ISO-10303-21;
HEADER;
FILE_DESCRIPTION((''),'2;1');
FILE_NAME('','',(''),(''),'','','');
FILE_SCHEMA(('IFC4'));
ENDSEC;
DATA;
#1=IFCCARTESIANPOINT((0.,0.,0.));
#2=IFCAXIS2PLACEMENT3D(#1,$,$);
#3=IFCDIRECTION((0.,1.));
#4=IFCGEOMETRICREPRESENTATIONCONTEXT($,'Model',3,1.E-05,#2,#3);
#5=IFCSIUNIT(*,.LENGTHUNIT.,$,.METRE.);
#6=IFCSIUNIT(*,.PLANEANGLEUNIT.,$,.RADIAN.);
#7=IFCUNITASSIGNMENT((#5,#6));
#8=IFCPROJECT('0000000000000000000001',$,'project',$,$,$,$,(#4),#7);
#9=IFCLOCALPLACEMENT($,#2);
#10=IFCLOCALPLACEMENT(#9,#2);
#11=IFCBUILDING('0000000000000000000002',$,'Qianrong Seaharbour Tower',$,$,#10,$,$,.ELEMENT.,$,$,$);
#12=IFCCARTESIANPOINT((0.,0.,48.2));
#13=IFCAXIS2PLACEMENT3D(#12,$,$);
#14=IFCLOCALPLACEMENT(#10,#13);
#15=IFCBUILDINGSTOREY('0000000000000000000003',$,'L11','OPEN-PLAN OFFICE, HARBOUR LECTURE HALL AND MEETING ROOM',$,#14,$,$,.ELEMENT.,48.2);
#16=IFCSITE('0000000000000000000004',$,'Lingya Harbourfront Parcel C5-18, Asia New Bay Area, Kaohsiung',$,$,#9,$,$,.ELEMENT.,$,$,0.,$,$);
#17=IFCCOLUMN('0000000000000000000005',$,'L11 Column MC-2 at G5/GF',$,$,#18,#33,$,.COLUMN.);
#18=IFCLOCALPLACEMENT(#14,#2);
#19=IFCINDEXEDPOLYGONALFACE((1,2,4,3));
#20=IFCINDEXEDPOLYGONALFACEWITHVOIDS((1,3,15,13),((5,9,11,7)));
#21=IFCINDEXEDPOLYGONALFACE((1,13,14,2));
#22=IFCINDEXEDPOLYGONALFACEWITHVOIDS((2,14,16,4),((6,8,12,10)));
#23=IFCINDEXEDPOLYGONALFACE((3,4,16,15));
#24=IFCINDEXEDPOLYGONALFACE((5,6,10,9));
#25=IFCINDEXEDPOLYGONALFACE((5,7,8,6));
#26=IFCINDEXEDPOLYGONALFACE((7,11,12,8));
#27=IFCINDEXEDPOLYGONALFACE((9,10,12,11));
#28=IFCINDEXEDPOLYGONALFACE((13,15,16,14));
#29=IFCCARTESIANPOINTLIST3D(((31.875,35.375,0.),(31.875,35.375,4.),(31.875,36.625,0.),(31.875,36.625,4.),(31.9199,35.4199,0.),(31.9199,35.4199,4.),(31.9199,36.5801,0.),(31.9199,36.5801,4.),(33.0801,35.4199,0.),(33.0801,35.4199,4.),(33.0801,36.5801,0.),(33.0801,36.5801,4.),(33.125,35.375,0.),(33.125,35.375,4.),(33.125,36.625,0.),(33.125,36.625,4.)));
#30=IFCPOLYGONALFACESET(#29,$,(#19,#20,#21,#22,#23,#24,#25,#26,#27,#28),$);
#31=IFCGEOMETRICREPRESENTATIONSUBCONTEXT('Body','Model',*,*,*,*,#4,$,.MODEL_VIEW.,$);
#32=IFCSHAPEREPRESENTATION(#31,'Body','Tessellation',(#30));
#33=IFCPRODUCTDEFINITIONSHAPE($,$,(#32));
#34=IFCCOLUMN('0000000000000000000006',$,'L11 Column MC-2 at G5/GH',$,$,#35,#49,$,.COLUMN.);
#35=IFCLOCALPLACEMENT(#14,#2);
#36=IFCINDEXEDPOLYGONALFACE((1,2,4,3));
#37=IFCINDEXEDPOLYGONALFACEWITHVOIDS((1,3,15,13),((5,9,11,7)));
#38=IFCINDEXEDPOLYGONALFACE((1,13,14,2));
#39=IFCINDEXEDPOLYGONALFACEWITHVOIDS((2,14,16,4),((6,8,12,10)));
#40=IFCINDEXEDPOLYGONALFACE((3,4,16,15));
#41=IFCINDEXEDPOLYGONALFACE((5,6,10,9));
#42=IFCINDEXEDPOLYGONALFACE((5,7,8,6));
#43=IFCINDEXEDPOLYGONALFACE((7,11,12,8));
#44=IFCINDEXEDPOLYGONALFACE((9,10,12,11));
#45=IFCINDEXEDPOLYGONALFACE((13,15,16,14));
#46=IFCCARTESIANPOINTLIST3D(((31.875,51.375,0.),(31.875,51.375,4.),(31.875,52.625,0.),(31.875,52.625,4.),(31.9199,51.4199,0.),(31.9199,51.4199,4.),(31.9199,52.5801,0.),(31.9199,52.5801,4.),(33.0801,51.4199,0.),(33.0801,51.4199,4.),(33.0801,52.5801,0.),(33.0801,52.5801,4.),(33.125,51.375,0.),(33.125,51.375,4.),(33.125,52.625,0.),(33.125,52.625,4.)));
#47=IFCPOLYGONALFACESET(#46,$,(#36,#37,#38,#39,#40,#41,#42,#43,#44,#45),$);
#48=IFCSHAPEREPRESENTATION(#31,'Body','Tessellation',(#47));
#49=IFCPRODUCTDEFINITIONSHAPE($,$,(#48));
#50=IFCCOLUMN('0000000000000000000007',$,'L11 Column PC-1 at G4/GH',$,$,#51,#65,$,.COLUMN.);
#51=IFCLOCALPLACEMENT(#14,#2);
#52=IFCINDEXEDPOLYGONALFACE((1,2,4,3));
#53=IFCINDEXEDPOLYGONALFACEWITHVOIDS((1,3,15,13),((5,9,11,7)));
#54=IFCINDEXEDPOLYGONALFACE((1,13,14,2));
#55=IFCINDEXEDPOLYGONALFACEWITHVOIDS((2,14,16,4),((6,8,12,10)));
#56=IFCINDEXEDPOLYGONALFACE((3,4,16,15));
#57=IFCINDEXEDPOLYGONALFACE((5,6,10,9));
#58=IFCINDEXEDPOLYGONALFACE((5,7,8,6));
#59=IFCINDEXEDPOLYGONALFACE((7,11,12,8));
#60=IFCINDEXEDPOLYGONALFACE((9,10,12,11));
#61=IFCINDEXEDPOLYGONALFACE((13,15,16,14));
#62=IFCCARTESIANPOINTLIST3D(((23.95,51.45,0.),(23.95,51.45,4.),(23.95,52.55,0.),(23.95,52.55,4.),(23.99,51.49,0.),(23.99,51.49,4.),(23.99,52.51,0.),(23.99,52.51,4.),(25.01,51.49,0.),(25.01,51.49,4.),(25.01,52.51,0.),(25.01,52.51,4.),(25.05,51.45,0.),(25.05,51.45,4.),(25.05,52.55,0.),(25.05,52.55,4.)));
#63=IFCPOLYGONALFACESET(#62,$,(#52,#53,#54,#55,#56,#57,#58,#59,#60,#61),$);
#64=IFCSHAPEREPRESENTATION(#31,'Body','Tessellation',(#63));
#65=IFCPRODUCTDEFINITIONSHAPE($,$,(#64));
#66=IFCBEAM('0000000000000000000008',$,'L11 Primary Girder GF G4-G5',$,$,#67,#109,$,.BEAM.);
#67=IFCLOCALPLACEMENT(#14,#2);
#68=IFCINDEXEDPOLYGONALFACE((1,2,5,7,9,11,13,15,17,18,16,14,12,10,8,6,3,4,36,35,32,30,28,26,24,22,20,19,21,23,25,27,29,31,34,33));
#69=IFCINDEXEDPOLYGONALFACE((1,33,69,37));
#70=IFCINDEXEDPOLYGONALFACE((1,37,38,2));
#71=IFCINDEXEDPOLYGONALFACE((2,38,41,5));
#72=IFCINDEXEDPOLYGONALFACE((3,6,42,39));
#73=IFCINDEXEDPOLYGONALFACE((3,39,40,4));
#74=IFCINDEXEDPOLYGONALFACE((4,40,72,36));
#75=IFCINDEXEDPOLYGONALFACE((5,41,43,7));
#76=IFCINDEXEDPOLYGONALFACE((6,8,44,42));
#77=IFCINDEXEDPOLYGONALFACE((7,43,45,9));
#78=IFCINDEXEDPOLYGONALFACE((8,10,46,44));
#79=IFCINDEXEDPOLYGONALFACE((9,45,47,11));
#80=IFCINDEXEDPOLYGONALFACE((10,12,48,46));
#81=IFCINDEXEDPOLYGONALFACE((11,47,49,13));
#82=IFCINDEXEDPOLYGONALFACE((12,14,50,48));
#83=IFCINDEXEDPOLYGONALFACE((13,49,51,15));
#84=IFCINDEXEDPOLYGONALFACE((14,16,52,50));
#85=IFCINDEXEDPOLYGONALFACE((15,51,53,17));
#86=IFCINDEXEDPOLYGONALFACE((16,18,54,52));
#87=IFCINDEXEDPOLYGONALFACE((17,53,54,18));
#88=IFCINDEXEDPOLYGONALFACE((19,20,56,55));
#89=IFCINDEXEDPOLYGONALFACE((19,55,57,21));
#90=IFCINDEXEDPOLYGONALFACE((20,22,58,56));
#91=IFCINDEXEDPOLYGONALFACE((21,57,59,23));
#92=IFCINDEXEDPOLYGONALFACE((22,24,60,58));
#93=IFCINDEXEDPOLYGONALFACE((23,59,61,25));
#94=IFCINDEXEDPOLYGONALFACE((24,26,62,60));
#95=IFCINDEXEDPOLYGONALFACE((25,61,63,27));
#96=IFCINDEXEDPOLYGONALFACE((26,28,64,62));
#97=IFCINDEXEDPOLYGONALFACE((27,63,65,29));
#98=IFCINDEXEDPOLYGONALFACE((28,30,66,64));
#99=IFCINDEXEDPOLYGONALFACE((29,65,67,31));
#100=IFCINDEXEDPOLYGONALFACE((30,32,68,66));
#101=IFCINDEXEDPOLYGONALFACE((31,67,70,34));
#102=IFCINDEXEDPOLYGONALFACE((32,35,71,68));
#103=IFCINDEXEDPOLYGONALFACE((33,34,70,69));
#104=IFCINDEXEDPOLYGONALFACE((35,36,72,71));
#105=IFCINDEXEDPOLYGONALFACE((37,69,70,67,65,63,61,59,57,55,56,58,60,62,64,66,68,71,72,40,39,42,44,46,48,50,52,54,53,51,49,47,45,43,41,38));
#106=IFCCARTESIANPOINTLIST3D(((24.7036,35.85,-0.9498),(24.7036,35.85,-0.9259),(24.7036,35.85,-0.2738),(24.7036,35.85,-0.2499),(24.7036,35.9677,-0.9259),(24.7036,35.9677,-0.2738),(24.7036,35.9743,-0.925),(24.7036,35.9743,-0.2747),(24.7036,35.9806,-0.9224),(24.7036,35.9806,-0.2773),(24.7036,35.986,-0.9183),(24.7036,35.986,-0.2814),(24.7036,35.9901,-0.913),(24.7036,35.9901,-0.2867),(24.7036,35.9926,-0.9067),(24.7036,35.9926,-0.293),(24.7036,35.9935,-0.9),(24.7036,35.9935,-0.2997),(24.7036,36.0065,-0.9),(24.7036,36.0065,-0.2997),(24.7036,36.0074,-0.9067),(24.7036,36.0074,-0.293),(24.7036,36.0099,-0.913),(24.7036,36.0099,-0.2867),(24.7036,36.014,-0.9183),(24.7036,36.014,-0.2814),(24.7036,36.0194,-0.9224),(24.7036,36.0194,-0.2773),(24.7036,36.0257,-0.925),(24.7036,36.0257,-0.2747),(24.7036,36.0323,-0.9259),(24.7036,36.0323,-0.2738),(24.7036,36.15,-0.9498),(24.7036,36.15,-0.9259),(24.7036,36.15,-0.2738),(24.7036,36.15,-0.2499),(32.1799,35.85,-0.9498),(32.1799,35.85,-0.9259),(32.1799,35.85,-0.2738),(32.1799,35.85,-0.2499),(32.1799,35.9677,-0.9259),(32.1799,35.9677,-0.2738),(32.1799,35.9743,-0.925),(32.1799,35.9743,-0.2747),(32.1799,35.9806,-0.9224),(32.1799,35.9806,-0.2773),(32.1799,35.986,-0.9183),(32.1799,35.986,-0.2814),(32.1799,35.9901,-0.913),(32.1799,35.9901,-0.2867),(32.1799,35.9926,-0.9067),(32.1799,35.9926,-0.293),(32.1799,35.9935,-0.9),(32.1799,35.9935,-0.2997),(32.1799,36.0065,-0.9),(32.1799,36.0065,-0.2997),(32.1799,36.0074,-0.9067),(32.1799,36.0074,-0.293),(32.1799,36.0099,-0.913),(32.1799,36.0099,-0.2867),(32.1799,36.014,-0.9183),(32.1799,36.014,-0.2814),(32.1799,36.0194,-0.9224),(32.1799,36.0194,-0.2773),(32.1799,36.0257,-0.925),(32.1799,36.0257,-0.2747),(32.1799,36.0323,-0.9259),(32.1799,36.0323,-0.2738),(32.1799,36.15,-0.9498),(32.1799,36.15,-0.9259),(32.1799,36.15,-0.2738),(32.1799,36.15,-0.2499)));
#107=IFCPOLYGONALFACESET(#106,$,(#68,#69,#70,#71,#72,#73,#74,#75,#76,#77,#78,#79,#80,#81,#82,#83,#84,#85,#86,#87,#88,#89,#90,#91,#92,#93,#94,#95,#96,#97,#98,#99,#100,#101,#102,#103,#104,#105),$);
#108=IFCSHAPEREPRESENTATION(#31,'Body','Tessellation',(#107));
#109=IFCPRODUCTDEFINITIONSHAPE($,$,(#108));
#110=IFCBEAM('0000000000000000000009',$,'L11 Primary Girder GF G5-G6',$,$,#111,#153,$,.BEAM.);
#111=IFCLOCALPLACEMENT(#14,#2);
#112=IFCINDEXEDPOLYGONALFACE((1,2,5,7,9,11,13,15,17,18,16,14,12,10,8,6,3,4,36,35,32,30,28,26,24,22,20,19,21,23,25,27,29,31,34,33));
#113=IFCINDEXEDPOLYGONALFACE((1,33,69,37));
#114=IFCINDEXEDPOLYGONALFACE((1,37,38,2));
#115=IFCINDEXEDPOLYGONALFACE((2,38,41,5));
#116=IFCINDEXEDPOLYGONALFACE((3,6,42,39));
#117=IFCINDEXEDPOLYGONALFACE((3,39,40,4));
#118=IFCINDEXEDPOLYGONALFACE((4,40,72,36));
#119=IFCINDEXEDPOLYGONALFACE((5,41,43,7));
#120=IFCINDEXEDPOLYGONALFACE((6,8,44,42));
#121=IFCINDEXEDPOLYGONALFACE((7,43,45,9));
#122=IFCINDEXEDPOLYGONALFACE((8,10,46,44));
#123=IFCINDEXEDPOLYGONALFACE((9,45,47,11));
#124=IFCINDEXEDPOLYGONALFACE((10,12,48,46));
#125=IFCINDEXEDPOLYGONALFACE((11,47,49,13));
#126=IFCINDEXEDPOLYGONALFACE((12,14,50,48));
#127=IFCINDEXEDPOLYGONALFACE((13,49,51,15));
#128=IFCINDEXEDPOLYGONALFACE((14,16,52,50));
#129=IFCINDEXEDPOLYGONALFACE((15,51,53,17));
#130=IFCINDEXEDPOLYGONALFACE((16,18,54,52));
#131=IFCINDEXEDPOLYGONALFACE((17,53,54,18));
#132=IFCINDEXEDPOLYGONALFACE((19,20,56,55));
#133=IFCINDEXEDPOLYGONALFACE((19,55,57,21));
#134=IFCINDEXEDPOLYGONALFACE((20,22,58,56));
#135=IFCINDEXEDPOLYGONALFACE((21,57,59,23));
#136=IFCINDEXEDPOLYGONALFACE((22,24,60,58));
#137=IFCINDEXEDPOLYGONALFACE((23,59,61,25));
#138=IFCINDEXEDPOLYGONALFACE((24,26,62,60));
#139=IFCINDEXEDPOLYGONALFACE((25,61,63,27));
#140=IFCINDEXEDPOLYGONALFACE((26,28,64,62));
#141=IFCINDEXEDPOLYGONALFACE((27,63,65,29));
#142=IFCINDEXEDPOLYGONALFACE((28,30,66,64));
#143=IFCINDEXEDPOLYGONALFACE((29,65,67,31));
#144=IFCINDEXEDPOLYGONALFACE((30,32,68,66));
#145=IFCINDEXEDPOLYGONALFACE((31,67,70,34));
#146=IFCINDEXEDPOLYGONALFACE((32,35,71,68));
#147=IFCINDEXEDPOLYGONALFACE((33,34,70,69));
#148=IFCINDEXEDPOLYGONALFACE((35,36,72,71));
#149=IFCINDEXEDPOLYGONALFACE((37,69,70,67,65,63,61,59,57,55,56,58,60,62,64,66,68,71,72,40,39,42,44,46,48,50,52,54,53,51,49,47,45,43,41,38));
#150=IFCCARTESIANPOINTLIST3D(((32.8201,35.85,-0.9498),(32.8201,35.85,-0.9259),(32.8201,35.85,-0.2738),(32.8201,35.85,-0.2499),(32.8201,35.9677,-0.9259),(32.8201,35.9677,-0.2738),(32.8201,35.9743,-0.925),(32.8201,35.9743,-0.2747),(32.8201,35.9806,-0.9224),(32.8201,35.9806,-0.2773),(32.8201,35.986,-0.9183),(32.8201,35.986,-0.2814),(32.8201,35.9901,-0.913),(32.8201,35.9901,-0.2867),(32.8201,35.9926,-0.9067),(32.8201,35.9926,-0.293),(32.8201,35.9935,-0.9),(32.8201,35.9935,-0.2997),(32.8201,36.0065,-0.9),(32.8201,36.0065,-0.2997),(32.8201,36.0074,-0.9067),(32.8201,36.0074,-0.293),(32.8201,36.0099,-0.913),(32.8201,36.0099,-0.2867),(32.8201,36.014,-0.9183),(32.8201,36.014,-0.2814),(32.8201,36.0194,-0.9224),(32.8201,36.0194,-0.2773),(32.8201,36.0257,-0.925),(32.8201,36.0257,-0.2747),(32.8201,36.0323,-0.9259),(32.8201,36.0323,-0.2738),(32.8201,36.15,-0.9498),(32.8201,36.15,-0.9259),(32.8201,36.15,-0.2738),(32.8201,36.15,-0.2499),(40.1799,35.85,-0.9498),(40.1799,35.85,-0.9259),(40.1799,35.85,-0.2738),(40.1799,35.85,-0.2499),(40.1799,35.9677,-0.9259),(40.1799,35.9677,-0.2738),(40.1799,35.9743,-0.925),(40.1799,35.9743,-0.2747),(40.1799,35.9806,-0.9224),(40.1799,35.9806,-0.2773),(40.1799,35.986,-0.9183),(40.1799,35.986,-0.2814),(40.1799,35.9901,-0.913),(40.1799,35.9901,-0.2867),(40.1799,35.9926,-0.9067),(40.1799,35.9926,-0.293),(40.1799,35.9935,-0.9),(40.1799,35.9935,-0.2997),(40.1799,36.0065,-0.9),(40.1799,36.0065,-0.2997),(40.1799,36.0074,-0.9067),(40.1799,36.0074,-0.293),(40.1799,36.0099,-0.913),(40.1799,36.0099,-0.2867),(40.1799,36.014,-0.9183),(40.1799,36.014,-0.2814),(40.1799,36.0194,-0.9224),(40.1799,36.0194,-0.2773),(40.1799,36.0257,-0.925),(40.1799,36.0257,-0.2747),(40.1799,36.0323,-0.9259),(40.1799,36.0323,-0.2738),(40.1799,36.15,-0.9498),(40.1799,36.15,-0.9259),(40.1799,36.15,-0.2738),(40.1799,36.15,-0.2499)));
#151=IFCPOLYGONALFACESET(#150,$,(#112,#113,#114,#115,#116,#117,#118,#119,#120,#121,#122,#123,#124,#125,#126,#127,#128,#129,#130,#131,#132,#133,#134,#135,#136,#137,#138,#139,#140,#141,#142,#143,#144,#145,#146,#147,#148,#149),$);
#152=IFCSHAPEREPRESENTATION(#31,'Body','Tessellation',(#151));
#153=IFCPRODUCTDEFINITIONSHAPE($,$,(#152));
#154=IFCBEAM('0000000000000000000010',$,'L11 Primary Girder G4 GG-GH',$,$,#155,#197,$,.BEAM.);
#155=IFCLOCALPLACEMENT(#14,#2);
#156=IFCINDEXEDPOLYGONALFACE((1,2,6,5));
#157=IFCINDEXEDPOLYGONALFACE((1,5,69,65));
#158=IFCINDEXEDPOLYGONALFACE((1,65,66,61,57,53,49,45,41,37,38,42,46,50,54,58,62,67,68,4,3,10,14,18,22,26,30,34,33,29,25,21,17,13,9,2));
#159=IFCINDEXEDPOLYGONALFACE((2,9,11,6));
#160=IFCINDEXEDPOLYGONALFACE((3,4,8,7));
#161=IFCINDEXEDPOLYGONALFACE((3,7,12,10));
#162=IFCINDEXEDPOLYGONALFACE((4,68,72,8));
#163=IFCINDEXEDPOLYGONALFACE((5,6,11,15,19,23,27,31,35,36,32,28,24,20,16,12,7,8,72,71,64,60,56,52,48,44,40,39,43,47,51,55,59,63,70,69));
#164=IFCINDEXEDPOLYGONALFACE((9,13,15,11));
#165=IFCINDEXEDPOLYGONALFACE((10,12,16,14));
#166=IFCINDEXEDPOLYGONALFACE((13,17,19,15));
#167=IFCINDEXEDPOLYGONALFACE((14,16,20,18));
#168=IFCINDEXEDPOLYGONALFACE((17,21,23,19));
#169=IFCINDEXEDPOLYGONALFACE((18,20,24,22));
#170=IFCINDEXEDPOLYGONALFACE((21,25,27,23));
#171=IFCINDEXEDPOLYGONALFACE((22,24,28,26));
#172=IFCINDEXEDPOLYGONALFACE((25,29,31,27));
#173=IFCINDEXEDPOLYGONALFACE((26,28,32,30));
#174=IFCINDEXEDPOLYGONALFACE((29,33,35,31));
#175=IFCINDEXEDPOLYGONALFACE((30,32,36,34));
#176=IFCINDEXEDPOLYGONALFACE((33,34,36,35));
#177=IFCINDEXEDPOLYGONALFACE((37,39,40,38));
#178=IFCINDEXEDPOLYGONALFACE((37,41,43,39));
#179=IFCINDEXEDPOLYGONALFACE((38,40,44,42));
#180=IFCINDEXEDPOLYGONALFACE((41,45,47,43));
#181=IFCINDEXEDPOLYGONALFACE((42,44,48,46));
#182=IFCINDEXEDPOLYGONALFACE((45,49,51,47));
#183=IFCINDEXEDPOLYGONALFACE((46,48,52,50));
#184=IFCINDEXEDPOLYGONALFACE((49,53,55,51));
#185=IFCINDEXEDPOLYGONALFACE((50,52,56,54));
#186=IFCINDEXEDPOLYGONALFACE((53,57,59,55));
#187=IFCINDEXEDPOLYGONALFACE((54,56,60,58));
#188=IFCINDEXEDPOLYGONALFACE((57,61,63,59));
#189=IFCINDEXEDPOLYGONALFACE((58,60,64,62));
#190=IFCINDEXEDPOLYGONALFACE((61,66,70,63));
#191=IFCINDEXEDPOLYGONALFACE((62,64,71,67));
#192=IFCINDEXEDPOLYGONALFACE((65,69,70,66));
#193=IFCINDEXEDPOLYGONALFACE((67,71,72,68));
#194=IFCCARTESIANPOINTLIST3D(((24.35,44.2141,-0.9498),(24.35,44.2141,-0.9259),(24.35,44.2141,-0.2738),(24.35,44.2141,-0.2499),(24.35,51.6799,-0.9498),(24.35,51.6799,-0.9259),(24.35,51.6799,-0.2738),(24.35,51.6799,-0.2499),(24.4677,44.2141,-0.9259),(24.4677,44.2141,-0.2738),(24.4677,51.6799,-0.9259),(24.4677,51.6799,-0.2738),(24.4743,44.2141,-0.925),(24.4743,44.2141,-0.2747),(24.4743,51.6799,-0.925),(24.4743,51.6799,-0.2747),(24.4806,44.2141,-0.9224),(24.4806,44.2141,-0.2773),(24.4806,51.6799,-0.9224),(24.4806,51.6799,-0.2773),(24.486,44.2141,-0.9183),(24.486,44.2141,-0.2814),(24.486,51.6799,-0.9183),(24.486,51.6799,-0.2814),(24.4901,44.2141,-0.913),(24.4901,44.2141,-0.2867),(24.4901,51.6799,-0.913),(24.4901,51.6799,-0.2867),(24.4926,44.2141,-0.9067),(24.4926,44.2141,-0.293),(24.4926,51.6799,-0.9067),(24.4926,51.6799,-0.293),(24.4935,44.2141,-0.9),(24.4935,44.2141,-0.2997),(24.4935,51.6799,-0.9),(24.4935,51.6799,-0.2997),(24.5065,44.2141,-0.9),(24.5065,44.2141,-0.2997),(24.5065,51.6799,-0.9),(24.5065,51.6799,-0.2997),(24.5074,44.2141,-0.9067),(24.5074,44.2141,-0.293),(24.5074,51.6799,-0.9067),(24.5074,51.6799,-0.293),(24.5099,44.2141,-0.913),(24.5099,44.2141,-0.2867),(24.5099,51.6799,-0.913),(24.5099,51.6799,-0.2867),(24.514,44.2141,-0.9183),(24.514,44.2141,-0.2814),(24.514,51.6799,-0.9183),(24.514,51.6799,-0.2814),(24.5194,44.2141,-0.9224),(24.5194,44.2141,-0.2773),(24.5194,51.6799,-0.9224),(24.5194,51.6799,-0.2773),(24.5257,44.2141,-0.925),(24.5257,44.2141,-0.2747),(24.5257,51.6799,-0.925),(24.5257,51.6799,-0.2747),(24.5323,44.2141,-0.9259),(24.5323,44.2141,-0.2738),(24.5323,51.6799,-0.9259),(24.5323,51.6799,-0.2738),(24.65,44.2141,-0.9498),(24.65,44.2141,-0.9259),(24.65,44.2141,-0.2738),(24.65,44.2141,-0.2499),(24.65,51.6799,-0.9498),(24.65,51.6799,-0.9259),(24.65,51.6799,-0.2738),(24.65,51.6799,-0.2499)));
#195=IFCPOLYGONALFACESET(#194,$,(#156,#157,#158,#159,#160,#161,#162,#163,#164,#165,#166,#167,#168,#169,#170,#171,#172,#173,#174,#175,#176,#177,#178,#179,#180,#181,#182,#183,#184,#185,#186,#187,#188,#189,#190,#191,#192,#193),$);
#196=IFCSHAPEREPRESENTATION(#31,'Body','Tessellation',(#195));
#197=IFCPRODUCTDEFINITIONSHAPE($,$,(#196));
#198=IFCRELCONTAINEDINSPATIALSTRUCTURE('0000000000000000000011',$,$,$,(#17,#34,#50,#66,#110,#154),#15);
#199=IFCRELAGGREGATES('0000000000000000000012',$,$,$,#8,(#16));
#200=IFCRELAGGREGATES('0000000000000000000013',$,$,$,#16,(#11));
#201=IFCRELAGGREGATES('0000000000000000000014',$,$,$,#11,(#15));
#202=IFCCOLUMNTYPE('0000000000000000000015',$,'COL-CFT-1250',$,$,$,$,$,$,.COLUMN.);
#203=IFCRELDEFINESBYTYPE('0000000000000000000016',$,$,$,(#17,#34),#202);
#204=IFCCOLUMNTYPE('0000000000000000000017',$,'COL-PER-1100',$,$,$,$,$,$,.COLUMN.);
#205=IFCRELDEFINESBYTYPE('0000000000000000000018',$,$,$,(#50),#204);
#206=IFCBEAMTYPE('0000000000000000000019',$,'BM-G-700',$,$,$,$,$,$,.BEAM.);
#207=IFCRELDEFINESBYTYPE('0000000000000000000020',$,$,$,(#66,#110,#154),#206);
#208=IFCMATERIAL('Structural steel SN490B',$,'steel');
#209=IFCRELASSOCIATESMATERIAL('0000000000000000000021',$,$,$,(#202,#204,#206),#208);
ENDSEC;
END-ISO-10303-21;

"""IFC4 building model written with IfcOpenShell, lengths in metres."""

from ifc_helpers import new_model, si_unit, direction, frame, origin, origin_2d, place, context, subcontext, project, spatial, hollow_rectangle, i_section, extrude, material, material_profile, profile_set, type_object, element, save


model = new_model("IFC4")

# Units and contexts
model_context = context("Model", 3, precision=1e-05, world=origin(), true_north=direction((0.0, 1.0)))
body_context = subcontext(model_context, "Body", "Model", "MODEL_VIEW")
ifc_project = project(units=[si_unit("LENGTHUNIT", "METRE"), si_unit("PLANEANGLEUNIT", "RADIAN")], contexts=[model_context])

# Site, building, storey
site_placement = place(None, origin())
site = spatial("IfcSite", under=ifc_project, at=site_placement, Name="Lingya Harbourfront Parcel C5-18, Asia New Bay Area, Kaohsiung", CompositionType="ELEMENT", RefElevation=0.0)
building_placement = place(site_placement, origin())
building = spatial("IfcBuilding", under=site, at=building_placement, Name="Qianrong Seaharbour Tower", CompositionType="ELEMENT")
storey_placement = place(building_placement, frame((0.0, 0.0, 48.2)))
storey = spatial("IfcBuildingStorey", under=building, at=storey_placement, Name="L11", Description="OPEN-PLAN OFFICE, HARBOUR LECTURE HALL AND MEETING ROOM", CompositionType="ELEMENT", Elevation=48.2)

# Columns
ifc_material_1 = material(Name="Structural steel SN490B", Category="steel")
ifc_material_profile_1 = material_profile(ifc_material_1, hollow_rectangle(XDim=1.25, YDim=1.25, WallThickness=0.0449, at=origin_2d()), Name="BOX1250x1250x45")
ifc_profile_set_1 = profile_set([ifc_material_profile_1], Name="Structural steel SN490B")
column_type_1 = type_object("IfcColumnType", Name="COL-CFT-1250", PredefinedType="COLUMN", material=ifc_profile_set_1)
for number, where, z_axis, x_axis, name in (
    (1, (32.5, 36.0, 0.0), (0.0, 0.0, 1.0), (1.0, 0.0, 0.0), "L11 Column MC-2 at G5/GF"),
    (2, (32.5, 52.0, 0.0), (0.0, 0.0, 1.0), (1.0, 0.0, 0.0), "L11 Column MC-2 at G5/GH"),
):
    element("IfcColumn", number, at=place(storey_placement, frame(where, z_axis=z_axis, x_axis=x_axis)), inside=storey, type_object=column_type_1, Name=name, PredefinedType="COLUMN", context=body_context, shape_type="SweptSolid", body=[
        extrude(hollow_rectangle(XDim=1.25, YDim=1.25, WallThickness=0.0449, at=origin_2d()), origin(), (0.0, 0.0, 1.0), 4.0),
    ])
ifc_material_profile_2 = material_profile(ifc_material_1, hollow_rectangle(XDim=1.1001, YDim=1.1001, WallThickness=0.04, at=origin_2d()), Name="BOX1100x1100x40")
ifc_profile_set_2 = profile_set([ifc_material_profile_2], Name="Structural steel SN490B")
column_type_2 = type_object("IfcColumnType", Name="COL-PER-1100", PredefinedType="COLUMN", material=ifc_profile_set_2)
column_placement = place(storey_placement, frame((24.5, 52.0, 0.0), z_axis=(0.0, 0.0, 1.0), x_axis=(1.0, 0.0, 0.0)))
element("IfcColumn", 3, at=column_placement, inside=storey, type_object=column_type_2, Name="L11 Column PC-1 at G4/GH", PredefinedType="COLUMN", context=body_context, shape_type="SweptSolid", body=[
    extrude(hollow_rectangle(XDim=1.1001, YDim=1.1001, WallThickness=0.04, at=origin_2d()), origin(), (0.0, 0.0, 1.0), 4.0),
])

# Beams
ifc_material_profile_3 = material_profile(ifc_material_1, i_section(OverallWidth=0.3, OverallDepth=0.7, WebThickness=0.0129, FlangeThickness=0.0239, FilletRadius=0.0259, at=origin_2d()), Name="H700x300x13x24")
ifc_profile_set_3 = profile_set([ifc_material_profile_3], Name="Structural steel SN490B")
beam_type_1 = type_object("IfcBeamType", Name="BM-G-700", PredefinedType="BEAM", material=ifc_profile_set_3)
beam_1_placement = place(storey_placement, frame((24.7036, 36.0, -0.5999), z_axis=(1.0, 0.0, 0.0), x_axis=(0.0, 1.0, 0.0)))
element("IfcBeam", 4, at=beam_1_placement, inside=storey, type_object=beam_type_1, Name="L11 Primary Girder GF G4-G5", PredefinedType="BEAM", context=body_context, shape_type="SweptSolid", body=[
    extrude(i_section(OverallWidth=0.3, OverallDepth=0.7, WebThickness=0.0129, FlangeThickness=0.0239, FilletRadius=0.0259, at=origin_2d()), origin(), (0.0, 0.0, 1.0), 7.4763),
])
beam_2_placement = place(storey_placement, frame((32.8201, 36.0, -0.5999), z_axis=(1.0, 0.0, 0.0), x_axis=(0.0, 1.0, 0.0)))
element("IfcBeam", 5, at=beam_2_placement, inside=storey, type_object=beam_type_1, Name="L11 Primary Girder GF G5-G6", PredefinedType="BEAM", context=body_context, shape_type="SweptSolid", body=[
    extrude(i_section(OverallWidth=0.3, OverallDepth=0.7, WebThickness=0.0129, FlangeThickness=0.0239, FilletRadius=0.0259, at=origin_2d()), origin(), (0.0, 0.0, 1.0), 7.3599),
])
beam_3_placement = place(storey_placement, frame((24.5, 44.2141, -0.5999), z_axis=(0.0, 1.0, 0.0), x_axis=(-1.0, 0.0, 0.0)))
element("IfcBeam", 6, at=beam_3_placement, inside=storey, type_object=beam_type_1, Name="L11 Primary Girder G4 GG-GH", PredefinedType="BEAM", context=body_context, shape_type="SweptSolid", body=[
    extrude(i_section(OverallWidth=0.3, OverallDepth=0.7, WebThickness=0.0129, FlangeThickness=0.0239, FilletRadius=0.0259, at=origin_2d()), origin(), (0.0, 0.0, 1.0), 7.4658),
])

save(model, "model.ifc")
